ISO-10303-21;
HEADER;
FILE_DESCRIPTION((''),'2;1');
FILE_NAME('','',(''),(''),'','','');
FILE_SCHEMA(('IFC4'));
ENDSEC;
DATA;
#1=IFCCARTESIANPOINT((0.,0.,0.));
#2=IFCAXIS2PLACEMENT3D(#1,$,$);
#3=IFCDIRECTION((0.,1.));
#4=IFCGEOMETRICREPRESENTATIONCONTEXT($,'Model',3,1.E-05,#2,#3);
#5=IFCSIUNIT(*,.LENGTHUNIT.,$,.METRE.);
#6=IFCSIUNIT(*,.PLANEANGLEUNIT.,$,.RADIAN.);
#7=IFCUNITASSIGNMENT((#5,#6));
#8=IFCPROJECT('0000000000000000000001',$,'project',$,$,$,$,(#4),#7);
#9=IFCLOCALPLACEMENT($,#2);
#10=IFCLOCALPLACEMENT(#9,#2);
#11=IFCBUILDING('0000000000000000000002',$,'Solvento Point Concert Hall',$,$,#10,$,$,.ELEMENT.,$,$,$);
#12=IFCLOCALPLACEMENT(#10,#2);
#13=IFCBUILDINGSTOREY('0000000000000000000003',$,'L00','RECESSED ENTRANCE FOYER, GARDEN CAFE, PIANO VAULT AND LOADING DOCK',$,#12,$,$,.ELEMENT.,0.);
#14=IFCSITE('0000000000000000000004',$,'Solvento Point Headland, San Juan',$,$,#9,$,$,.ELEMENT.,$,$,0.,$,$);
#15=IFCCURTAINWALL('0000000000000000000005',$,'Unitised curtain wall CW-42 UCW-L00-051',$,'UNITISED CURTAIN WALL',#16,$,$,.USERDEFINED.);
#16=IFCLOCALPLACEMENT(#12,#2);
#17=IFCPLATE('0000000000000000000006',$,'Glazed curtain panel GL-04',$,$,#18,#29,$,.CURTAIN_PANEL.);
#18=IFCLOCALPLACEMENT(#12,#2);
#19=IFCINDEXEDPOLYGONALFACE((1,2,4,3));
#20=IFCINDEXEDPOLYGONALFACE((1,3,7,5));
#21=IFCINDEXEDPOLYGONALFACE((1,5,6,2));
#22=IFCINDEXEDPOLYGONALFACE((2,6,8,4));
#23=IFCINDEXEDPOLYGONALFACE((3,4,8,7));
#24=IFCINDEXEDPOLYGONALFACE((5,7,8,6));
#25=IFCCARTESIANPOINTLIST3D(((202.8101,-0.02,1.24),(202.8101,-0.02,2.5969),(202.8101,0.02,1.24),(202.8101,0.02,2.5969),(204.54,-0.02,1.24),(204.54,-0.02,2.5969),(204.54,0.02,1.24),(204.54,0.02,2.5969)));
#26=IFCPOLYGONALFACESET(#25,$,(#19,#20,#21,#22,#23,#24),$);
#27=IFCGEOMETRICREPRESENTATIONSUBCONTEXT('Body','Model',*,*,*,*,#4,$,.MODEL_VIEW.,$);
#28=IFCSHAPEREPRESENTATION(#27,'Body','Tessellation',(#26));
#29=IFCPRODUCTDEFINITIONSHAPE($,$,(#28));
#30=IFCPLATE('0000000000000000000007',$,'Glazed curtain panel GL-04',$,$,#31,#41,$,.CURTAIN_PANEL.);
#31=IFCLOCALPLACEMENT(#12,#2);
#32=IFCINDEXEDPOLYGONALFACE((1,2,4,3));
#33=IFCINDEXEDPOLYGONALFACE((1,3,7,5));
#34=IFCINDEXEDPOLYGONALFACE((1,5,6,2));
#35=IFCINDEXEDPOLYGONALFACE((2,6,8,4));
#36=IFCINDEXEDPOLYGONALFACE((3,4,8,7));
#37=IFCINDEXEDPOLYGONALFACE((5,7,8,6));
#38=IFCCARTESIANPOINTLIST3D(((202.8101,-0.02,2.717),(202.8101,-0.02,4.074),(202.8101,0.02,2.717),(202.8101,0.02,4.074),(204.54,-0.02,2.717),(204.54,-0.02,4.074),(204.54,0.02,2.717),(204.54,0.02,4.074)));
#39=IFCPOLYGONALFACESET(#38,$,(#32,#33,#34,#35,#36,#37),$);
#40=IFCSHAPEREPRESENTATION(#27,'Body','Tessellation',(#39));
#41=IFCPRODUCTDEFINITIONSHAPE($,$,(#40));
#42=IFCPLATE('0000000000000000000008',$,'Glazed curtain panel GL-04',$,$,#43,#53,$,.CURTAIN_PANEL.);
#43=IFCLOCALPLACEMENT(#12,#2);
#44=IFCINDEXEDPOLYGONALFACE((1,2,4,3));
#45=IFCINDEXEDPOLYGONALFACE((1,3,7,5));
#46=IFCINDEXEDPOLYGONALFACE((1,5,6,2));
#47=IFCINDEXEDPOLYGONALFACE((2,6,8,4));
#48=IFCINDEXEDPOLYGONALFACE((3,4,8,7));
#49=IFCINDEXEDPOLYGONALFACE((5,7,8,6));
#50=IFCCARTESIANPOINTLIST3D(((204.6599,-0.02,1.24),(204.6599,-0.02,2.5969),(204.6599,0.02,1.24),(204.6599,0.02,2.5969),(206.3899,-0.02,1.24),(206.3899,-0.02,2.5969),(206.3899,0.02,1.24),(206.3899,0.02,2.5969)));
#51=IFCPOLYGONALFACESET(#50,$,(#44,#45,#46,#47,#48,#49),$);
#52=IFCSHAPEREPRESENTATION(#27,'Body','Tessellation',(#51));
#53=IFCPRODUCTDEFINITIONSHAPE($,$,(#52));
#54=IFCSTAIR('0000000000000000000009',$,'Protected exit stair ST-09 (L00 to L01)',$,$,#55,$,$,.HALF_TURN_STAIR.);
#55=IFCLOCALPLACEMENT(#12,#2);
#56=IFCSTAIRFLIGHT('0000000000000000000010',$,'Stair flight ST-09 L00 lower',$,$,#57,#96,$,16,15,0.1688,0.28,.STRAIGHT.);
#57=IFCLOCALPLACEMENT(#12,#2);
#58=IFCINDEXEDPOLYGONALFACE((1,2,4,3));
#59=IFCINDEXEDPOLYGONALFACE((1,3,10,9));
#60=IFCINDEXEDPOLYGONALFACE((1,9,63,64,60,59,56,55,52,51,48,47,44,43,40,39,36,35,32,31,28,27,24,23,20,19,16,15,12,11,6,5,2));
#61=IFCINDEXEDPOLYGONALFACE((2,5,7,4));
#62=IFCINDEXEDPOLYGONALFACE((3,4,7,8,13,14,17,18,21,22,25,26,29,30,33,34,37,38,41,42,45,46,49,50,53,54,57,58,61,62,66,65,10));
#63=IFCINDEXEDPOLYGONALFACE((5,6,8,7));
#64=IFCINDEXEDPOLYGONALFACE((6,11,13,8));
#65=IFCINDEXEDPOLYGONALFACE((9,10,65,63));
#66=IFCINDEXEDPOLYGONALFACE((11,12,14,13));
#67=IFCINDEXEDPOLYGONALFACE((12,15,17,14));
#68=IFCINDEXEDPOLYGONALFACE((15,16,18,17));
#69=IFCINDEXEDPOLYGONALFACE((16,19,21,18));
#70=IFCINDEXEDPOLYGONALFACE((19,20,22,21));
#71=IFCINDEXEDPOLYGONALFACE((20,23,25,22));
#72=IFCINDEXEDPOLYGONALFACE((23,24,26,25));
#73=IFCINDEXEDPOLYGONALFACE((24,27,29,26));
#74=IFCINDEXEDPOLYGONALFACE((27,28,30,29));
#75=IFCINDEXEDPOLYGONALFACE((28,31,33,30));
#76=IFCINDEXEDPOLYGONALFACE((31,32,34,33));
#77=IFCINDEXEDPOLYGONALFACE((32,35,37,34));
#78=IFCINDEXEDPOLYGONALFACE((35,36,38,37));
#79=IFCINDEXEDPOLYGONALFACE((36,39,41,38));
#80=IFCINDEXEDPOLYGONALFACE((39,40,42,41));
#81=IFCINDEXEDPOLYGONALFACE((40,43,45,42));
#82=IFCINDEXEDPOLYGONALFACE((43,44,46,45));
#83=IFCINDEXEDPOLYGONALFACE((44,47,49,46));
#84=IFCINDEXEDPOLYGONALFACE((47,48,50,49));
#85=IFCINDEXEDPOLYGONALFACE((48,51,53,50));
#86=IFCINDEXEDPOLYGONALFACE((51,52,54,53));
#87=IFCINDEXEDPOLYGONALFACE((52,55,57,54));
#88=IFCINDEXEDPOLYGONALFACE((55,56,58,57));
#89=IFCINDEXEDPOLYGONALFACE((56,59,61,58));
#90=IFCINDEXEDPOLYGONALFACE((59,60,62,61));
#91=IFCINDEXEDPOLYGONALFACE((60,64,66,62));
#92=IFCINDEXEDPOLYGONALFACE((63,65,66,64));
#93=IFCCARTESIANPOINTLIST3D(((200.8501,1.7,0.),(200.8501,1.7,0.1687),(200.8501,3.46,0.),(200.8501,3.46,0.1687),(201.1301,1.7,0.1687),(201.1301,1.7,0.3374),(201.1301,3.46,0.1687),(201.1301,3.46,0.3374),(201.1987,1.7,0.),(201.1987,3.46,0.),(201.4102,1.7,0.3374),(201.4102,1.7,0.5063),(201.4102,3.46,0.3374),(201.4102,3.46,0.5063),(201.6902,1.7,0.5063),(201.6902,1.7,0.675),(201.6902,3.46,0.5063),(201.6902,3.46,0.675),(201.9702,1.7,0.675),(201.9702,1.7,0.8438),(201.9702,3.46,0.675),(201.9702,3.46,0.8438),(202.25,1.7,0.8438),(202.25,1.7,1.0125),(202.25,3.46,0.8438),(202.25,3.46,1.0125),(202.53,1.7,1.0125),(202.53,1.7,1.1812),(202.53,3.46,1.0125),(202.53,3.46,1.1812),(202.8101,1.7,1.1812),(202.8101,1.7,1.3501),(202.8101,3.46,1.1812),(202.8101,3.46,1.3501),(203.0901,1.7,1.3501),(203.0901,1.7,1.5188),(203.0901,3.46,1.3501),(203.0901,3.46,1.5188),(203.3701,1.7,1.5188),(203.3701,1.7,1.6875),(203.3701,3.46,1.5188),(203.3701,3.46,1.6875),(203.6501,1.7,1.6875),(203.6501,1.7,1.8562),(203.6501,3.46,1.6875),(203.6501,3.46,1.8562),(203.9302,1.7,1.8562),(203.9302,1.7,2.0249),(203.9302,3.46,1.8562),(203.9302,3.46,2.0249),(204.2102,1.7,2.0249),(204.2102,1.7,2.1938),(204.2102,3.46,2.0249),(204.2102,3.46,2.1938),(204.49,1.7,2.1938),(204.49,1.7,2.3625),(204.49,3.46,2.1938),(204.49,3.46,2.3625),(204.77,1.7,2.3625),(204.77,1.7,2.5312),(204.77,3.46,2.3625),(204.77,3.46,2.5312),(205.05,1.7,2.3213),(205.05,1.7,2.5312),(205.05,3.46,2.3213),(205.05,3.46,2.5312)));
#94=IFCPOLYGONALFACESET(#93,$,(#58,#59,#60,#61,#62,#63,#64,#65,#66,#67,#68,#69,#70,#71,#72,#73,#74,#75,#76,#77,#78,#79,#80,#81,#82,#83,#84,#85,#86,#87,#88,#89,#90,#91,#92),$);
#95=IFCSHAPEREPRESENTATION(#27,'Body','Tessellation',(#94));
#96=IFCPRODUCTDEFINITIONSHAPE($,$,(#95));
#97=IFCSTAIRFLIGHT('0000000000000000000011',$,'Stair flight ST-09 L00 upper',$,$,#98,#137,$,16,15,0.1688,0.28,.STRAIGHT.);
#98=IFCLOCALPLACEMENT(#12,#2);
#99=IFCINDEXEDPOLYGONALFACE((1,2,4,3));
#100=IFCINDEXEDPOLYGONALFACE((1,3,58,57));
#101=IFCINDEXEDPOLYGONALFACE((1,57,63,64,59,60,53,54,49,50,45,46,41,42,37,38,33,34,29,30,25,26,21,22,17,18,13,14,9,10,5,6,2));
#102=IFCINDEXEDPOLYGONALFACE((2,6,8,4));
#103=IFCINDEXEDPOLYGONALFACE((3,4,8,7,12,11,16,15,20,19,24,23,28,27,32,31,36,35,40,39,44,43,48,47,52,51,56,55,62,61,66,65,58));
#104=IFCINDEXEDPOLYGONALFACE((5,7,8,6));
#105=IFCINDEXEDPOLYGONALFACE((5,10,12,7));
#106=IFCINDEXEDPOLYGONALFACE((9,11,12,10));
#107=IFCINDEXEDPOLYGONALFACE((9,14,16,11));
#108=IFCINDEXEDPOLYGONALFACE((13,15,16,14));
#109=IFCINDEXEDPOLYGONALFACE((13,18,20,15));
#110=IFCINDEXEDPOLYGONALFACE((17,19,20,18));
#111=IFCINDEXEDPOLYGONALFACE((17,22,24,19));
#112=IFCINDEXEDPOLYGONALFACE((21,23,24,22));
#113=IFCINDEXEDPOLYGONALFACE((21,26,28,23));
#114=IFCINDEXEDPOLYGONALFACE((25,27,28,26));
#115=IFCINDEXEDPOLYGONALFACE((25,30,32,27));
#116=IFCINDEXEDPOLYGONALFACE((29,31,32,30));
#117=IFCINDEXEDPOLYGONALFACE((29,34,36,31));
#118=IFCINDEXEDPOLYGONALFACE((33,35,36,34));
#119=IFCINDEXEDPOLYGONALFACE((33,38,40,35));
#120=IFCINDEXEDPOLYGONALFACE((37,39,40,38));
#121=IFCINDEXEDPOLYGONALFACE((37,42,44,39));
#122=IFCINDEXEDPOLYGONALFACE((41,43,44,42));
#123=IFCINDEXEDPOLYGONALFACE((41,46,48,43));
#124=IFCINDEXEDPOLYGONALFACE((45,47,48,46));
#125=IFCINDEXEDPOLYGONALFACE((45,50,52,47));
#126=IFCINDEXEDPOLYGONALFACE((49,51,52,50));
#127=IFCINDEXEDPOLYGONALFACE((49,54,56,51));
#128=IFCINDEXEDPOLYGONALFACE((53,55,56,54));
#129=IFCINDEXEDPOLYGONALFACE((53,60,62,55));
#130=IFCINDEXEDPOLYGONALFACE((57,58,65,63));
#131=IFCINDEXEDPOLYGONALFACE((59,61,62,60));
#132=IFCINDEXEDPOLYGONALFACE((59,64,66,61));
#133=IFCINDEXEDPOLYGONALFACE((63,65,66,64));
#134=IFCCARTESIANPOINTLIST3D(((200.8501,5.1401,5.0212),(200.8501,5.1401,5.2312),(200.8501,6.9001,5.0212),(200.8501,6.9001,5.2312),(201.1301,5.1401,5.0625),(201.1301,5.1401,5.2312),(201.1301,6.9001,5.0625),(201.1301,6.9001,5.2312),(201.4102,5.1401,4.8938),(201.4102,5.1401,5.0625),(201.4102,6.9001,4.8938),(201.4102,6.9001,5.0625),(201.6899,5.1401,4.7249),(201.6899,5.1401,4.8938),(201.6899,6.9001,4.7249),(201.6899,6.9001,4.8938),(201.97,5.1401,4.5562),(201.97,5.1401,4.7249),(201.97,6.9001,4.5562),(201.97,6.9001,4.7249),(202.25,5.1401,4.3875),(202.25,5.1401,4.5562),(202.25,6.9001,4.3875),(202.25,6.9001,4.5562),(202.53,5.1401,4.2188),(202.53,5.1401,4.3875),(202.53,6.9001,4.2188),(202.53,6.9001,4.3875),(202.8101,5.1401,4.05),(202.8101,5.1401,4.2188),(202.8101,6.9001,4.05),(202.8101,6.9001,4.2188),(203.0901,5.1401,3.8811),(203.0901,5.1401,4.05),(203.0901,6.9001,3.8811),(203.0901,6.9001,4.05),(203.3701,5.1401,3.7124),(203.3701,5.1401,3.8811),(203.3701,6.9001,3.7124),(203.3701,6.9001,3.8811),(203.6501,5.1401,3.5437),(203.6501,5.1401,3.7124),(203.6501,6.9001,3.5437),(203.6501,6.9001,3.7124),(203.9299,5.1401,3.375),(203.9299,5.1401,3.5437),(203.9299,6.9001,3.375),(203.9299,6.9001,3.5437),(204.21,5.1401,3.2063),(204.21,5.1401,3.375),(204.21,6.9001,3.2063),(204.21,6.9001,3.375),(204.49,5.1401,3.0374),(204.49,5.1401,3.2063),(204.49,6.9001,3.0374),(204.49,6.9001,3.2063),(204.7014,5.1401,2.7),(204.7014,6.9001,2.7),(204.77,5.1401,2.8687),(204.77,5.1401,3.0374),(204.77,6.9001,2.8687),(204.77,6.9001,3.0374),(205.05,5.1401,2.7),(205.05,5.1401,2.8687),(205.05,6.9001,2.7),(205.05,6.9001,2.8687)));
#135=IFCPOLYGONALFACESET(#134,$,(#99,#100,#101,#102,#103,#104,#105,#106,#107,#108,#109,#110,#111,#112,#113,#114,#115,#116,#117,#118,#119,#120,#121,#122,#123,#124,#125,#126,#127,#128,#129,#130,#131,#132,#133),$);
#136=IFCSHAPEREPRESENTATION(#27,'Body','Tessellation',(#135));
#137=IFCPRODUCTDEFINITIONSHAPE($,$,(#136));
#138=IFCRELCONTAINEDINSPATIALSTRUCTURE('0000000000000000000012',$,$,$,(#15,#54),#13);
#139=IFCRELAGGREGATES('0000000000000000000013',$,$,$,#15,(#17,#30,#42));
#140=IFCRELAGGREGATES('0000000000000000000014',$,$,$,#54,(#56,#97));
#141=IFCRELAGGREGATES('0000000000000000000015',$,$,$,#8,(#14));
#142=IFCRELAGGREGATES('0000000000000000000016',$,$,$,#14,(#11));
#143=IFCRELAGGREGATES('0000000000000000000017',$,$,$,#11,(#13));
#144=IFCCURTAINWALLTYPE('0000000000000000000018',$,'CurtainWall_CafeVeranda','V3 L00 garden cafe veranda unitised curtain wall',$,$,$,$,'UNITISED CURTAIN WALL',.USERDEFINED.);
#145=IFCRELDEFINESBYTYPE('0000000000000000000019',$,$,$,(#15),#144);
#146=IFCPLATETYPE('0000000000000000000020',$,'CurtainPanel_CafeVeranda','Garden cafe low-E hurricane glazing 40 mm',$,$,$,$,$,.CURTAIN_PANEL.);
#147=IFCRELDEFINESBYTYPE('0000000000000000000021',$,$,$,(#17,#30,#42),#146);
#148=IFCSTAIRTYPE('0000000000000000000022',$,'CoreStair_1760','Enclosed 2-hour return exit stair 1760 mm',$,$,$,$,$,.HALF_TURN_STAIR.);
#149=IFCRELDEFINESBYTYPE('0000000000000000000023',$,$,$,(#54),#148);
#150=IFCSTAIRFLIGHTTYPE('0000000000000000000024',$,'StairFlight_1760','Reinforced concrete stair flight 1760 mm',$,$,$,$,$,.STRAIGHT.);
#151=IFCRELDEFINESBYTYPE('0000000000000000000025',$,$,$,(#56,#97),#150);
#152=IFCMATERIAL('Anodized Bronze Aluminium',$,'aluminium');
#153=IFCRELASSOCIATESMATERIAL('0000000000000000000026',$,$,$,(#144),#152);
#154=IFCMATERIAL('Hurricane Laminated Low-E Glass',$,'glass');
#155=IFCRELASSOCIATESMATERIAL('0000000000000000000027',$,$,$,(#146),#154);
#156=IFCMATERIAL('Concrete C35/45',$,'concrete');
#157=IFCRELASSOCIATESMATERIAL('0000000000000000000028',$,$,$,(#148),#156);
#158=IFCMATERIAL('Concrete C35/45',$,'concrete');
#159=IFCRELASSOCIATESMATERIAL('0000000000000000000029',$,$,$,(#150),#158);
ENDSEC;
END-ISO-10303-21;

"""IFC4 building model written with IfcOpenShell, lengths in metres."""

from ifc_helpers import new_model, si_unit, direction, frame, origin, origin_2d, place, context, subcontext, project, spatial, polyline, rectangle, outline, extrude, material, type_object, element, aggregate, save


model = new_model("IFC4")

# Units and contexts
model_context = context("Model", 3, precision=1e-05, world=origin(), true_north=direction((0.0, 1.0)))
body_context = subcontext(model_context, "Body", "Model", "MODEL_VIEW")
ifc_project = project(units=[si_unit("LENGTHUNIT", "METRE"), si_unit("PLANEANGLEUNIT", "RADIAN")], contexts=[model_context])

# Site, building, storey
site_placement = place(None, origin())
site = spatial("IfcSite", under=ifc_project, at=site_placement, Name="Solvento Point Headland, San Juan", CompositionType="ELEMENT", RefElevation=0.0)
building_placement = place(site_placement, origin())
building = spatial("IfcBuilding", under=site, at=building_placement, Name="Solvento Point Concert Hall", CompositionType="ELEMENT")
storey_placement = place(building_placement, origin())
storey = spatial("IfcBuildingStorey", under=building, at=storey_placement, Name="L00", Description="RECESSED ENTRANCE FOYER, GARDEN CAFE, PIANO VAULT AND LOADING DOCK", CompositionType="ELEMENT", Elevation=0.0)

# Curtain wall, plates
ifc_material_1 = material(Name="Anodized Bronze Aluminium", Category="aluminium")
curtain_wall_type = type_object("IfcCurtainWallType", Name="CurtainWall_CafeVeranda", Description="V3 L00 garden cafe veranda unitised curtain wall", ElementType="UNITISED CURTAIN WALL", PredefinedType="USERDEFINED", material=ifc_material_1)
curtain_wall_placement = place(storey_placement, origin())
curtain_wall = element("IfcCurtainWall", 1, at=curtain_wall_placement, inside=storey, type_object=curtain_wall_type, Name="Unitised curtain wall CW-42 UCW-L00-051", ObjectType="UNITISED CURTAIN WALL", PredefinedType="USERDEFINED")
ifc_material_2 = material(Name="Hurricane Laminated Low-E Glass", Category="glass")
plate_type = type_object("IfcPlateType", Name="CurtainPanel_CafeVeranda", Description="Garden cafe low-E hurricane glazing 40 mm", PredefinedType="CURTAIN_PANEL", material=ifc_material_2)
plate_1_placement = place(storey_placement, frame((203.675, 0.0, 1.24), z_axis=(0.0, 0.0, 1.0), x_axis=(1.0, 0.0, 0.0)))
plate_1 = element("IfcPlate", 2, at=plate_1_placement, type_object=plate_type, Name="Glazed curtain panel GL-04", PredefinedType="CURTAIN_PANEL", context=body_context, shape_type="SweptSolid", body=[
    extrude(rectangle(XDim=1.73, YDim=0.04, at=origin_2d()), origin(), (0.0, 0.0, 1.0), 1.3569),
])
plate_2_placement = place(storey_placement, frame((203.675, 0.0, 2.717), z_axis=(0.0, 0.0, 1.0), x_axis=(1.0, 0.0, 0.0)))
plate_2 = element("IfcPlate", 3, at=plate_2_placement, type_object=plate_type, Name="Glazed curtain panel GL-04", PredefinedType="CURTAIN_PANEL", context=body_context, shape_type="SweptSolid", body=[
    extrude(rectangle(XDim=1.73, YDim=0.04, at=origin_2d()), origin(), (0.0, 0.0, 1.0), 1.3569),
])
plate_3_placement = place(storey_placement, frame((205.5249, 0.0, 1.24), z_axis=(0.0, 0.0, 1.0), x_axis=(1.0, 0.0, 0.0)))
plate_3 = element("IfcPlate", 4, at=plate_3_placement, type_object=plate_type, Name="Glazed curtain panel GL-04", PredefinedType="CURTAIN_PANEL", context=body_context, shape_type="SweptSolid", body=[
    extrude(rectangle(XDim=1.73, YDim=0.04, at=origin_2d()), origin(), (0.0, 0.0, 1.0), 1.3569),
])
aggregate(curtain_wall, [plate_1, plate_2, plate_3])

# Stair, stair flights
ifc_material_3 = material(Name="Concrete C35/45", Category="concrete")
stair_type = type_object("IfcStairType", Name="CoreStair_1760", Description="Enclosed 2-hour return exit stair 1760 mm", PredefinedType="HALF_TURN_STAIR", material=ifc_material_3)
stair_placement = place(storey_placement, origin())
stair = element("IfcStair", 5, at=stair_placement, inside=storey, type_object=stair_type, Name="Protected exit stair ST-09 (L00 to L01)", PredefinedType="HALF_TURN_STAIR")
ifc_material_4 = material(Name="Concrete C35/45", Category="concrete")
stair_flight_type = type_object("IfcStairFlightType", Name="StairFlight_1760", Description="Reinforced concrete stair flight 1760 mm", PredefinedType="STRAIGHT", material=ifc_material_4)
stair_flight_1_placement = place(storey_placement, frame((200.8501, 2.5801, 0.0), z_axis=(0.0, 0.0, 1.0), x_axis=(1.0, 0.0, 0.0)))
stair_flight_1 = element("IfcStairFlight", 6, at=stair_flight_1_placement, type_object=stair_flight_type, Name="Stair flight ST-09 L00 lower", NumberOfRisers=16, NumberOfTreads=15, PredefinedType="STRAIGHT", RiserHeight=0.1688, TreadLength=0.28, context=body_context, shape_type="SweptSolid", body=[
    extrude(outline(polyline([(0.0, 0.0), (0.0, 0.1687), (0.28, 0.1687), (0.28, 0.3374), (0.5601, 0.3374), (0.5601, 0.5063), (0.8401, 0.5063), (0.8401, 0.675), (1.1201, 0.675), (1.1201, 0.8438), (1.3999, 0.8438), (1.3999, 1.0125), (1.6799, 1.0125), (1.6799, 1.1812), (1.96, 1.1812), (1.96, 1.3501), (2.24, 1.3501), (2.24, 1.5188), (2.52, 1.5188), (2.52, 1.6875), (2.8, 1.6875), (2.8, 1.8562), (3.0801, 1.8562), (3.0801, 2.0249), (3.3601, 2.0249), (3.3601, 2.1938), (3.6399, 2.1938), (3.6399, 2.3625), (3.9199, 2.3625), (3.9199, 2.5312), (4.2, 2.5312), (4.2, 2.7), (4.2, 2.3213), (0.3486, 0.0), (0.0, 0.0)])), frame((0.0, 0.8799, 0.0), z_axis=(0.0, -1.0, 0.0), x_axis=(1.0, 0.0, 0.0)), (0.0, 0.0, 1.0), 1.76),
])
stair_flight_2_placement = place(storey_placement, frame((205.05, 6.02, 2.7), z_axis=(0.0, 0.0, 1.0), x_axis=(-1.0, 0.0, 0.0)))
stair_flight_2 = element("IfcStairFlight", 7, at=stair_flight_2_placement, type_object=stair_flight_type, Name="Stair flight ST-09 L00 upper", NumberOfRisers=16, NumberOfTreads=15, PredefinedType="STRAIGHT", RiserHeight=0.1688, TreadLength=0.28, context=body_context, shape_type="SweptSolid", body=[
    extrude(outline(polyline([(0.0, 0.0), (0.0, 0.1687), (0.28, 0.1687), (0.28, 0.3374), (0.5601, 0.3374), (0.5601, 0.5063), (0.8401, 0.5063), (0.8401, 0.675), (1.1201, 0.675), (1.1201, 0.8438), (1.3999, 0.8438), (1.3999, 1.0125), (1.6799, 1.0125), (1.6799, 1.1812), (1.96, 1.1812), (1.96, 1.3501), (2.24, 1.3501), (2.24, 1.5188), (2.52, 1.5188), (2.52, 1.6875), (2.8, 1.6875), (2.8, 1.8562), (3.0801, 1.8562), (3.0801, 2.0249), (3.3601, 2.0249), (3.3601, 2.1938), (3.6399, 2.1938), (3.6399, 2.3625), (3.9199, 2.3625), (3.9199, 2.5312), (4.2, 2.5312), (4.2, 2.7), (4.2, 2.3213), (0.3486, 0.0), (0.0, 0.0)])), frame((0.0, 0.8799, 0.0), z_axis=(0.0, -1.0, 0.0), x_axis=(1.0, 0.0, 0.0)), (0.0, 0.0, 1.0), 1.76),
])
aggregate(stair, [stair_flight_1, stair_flight_2])

save(model, "model.ifc")
